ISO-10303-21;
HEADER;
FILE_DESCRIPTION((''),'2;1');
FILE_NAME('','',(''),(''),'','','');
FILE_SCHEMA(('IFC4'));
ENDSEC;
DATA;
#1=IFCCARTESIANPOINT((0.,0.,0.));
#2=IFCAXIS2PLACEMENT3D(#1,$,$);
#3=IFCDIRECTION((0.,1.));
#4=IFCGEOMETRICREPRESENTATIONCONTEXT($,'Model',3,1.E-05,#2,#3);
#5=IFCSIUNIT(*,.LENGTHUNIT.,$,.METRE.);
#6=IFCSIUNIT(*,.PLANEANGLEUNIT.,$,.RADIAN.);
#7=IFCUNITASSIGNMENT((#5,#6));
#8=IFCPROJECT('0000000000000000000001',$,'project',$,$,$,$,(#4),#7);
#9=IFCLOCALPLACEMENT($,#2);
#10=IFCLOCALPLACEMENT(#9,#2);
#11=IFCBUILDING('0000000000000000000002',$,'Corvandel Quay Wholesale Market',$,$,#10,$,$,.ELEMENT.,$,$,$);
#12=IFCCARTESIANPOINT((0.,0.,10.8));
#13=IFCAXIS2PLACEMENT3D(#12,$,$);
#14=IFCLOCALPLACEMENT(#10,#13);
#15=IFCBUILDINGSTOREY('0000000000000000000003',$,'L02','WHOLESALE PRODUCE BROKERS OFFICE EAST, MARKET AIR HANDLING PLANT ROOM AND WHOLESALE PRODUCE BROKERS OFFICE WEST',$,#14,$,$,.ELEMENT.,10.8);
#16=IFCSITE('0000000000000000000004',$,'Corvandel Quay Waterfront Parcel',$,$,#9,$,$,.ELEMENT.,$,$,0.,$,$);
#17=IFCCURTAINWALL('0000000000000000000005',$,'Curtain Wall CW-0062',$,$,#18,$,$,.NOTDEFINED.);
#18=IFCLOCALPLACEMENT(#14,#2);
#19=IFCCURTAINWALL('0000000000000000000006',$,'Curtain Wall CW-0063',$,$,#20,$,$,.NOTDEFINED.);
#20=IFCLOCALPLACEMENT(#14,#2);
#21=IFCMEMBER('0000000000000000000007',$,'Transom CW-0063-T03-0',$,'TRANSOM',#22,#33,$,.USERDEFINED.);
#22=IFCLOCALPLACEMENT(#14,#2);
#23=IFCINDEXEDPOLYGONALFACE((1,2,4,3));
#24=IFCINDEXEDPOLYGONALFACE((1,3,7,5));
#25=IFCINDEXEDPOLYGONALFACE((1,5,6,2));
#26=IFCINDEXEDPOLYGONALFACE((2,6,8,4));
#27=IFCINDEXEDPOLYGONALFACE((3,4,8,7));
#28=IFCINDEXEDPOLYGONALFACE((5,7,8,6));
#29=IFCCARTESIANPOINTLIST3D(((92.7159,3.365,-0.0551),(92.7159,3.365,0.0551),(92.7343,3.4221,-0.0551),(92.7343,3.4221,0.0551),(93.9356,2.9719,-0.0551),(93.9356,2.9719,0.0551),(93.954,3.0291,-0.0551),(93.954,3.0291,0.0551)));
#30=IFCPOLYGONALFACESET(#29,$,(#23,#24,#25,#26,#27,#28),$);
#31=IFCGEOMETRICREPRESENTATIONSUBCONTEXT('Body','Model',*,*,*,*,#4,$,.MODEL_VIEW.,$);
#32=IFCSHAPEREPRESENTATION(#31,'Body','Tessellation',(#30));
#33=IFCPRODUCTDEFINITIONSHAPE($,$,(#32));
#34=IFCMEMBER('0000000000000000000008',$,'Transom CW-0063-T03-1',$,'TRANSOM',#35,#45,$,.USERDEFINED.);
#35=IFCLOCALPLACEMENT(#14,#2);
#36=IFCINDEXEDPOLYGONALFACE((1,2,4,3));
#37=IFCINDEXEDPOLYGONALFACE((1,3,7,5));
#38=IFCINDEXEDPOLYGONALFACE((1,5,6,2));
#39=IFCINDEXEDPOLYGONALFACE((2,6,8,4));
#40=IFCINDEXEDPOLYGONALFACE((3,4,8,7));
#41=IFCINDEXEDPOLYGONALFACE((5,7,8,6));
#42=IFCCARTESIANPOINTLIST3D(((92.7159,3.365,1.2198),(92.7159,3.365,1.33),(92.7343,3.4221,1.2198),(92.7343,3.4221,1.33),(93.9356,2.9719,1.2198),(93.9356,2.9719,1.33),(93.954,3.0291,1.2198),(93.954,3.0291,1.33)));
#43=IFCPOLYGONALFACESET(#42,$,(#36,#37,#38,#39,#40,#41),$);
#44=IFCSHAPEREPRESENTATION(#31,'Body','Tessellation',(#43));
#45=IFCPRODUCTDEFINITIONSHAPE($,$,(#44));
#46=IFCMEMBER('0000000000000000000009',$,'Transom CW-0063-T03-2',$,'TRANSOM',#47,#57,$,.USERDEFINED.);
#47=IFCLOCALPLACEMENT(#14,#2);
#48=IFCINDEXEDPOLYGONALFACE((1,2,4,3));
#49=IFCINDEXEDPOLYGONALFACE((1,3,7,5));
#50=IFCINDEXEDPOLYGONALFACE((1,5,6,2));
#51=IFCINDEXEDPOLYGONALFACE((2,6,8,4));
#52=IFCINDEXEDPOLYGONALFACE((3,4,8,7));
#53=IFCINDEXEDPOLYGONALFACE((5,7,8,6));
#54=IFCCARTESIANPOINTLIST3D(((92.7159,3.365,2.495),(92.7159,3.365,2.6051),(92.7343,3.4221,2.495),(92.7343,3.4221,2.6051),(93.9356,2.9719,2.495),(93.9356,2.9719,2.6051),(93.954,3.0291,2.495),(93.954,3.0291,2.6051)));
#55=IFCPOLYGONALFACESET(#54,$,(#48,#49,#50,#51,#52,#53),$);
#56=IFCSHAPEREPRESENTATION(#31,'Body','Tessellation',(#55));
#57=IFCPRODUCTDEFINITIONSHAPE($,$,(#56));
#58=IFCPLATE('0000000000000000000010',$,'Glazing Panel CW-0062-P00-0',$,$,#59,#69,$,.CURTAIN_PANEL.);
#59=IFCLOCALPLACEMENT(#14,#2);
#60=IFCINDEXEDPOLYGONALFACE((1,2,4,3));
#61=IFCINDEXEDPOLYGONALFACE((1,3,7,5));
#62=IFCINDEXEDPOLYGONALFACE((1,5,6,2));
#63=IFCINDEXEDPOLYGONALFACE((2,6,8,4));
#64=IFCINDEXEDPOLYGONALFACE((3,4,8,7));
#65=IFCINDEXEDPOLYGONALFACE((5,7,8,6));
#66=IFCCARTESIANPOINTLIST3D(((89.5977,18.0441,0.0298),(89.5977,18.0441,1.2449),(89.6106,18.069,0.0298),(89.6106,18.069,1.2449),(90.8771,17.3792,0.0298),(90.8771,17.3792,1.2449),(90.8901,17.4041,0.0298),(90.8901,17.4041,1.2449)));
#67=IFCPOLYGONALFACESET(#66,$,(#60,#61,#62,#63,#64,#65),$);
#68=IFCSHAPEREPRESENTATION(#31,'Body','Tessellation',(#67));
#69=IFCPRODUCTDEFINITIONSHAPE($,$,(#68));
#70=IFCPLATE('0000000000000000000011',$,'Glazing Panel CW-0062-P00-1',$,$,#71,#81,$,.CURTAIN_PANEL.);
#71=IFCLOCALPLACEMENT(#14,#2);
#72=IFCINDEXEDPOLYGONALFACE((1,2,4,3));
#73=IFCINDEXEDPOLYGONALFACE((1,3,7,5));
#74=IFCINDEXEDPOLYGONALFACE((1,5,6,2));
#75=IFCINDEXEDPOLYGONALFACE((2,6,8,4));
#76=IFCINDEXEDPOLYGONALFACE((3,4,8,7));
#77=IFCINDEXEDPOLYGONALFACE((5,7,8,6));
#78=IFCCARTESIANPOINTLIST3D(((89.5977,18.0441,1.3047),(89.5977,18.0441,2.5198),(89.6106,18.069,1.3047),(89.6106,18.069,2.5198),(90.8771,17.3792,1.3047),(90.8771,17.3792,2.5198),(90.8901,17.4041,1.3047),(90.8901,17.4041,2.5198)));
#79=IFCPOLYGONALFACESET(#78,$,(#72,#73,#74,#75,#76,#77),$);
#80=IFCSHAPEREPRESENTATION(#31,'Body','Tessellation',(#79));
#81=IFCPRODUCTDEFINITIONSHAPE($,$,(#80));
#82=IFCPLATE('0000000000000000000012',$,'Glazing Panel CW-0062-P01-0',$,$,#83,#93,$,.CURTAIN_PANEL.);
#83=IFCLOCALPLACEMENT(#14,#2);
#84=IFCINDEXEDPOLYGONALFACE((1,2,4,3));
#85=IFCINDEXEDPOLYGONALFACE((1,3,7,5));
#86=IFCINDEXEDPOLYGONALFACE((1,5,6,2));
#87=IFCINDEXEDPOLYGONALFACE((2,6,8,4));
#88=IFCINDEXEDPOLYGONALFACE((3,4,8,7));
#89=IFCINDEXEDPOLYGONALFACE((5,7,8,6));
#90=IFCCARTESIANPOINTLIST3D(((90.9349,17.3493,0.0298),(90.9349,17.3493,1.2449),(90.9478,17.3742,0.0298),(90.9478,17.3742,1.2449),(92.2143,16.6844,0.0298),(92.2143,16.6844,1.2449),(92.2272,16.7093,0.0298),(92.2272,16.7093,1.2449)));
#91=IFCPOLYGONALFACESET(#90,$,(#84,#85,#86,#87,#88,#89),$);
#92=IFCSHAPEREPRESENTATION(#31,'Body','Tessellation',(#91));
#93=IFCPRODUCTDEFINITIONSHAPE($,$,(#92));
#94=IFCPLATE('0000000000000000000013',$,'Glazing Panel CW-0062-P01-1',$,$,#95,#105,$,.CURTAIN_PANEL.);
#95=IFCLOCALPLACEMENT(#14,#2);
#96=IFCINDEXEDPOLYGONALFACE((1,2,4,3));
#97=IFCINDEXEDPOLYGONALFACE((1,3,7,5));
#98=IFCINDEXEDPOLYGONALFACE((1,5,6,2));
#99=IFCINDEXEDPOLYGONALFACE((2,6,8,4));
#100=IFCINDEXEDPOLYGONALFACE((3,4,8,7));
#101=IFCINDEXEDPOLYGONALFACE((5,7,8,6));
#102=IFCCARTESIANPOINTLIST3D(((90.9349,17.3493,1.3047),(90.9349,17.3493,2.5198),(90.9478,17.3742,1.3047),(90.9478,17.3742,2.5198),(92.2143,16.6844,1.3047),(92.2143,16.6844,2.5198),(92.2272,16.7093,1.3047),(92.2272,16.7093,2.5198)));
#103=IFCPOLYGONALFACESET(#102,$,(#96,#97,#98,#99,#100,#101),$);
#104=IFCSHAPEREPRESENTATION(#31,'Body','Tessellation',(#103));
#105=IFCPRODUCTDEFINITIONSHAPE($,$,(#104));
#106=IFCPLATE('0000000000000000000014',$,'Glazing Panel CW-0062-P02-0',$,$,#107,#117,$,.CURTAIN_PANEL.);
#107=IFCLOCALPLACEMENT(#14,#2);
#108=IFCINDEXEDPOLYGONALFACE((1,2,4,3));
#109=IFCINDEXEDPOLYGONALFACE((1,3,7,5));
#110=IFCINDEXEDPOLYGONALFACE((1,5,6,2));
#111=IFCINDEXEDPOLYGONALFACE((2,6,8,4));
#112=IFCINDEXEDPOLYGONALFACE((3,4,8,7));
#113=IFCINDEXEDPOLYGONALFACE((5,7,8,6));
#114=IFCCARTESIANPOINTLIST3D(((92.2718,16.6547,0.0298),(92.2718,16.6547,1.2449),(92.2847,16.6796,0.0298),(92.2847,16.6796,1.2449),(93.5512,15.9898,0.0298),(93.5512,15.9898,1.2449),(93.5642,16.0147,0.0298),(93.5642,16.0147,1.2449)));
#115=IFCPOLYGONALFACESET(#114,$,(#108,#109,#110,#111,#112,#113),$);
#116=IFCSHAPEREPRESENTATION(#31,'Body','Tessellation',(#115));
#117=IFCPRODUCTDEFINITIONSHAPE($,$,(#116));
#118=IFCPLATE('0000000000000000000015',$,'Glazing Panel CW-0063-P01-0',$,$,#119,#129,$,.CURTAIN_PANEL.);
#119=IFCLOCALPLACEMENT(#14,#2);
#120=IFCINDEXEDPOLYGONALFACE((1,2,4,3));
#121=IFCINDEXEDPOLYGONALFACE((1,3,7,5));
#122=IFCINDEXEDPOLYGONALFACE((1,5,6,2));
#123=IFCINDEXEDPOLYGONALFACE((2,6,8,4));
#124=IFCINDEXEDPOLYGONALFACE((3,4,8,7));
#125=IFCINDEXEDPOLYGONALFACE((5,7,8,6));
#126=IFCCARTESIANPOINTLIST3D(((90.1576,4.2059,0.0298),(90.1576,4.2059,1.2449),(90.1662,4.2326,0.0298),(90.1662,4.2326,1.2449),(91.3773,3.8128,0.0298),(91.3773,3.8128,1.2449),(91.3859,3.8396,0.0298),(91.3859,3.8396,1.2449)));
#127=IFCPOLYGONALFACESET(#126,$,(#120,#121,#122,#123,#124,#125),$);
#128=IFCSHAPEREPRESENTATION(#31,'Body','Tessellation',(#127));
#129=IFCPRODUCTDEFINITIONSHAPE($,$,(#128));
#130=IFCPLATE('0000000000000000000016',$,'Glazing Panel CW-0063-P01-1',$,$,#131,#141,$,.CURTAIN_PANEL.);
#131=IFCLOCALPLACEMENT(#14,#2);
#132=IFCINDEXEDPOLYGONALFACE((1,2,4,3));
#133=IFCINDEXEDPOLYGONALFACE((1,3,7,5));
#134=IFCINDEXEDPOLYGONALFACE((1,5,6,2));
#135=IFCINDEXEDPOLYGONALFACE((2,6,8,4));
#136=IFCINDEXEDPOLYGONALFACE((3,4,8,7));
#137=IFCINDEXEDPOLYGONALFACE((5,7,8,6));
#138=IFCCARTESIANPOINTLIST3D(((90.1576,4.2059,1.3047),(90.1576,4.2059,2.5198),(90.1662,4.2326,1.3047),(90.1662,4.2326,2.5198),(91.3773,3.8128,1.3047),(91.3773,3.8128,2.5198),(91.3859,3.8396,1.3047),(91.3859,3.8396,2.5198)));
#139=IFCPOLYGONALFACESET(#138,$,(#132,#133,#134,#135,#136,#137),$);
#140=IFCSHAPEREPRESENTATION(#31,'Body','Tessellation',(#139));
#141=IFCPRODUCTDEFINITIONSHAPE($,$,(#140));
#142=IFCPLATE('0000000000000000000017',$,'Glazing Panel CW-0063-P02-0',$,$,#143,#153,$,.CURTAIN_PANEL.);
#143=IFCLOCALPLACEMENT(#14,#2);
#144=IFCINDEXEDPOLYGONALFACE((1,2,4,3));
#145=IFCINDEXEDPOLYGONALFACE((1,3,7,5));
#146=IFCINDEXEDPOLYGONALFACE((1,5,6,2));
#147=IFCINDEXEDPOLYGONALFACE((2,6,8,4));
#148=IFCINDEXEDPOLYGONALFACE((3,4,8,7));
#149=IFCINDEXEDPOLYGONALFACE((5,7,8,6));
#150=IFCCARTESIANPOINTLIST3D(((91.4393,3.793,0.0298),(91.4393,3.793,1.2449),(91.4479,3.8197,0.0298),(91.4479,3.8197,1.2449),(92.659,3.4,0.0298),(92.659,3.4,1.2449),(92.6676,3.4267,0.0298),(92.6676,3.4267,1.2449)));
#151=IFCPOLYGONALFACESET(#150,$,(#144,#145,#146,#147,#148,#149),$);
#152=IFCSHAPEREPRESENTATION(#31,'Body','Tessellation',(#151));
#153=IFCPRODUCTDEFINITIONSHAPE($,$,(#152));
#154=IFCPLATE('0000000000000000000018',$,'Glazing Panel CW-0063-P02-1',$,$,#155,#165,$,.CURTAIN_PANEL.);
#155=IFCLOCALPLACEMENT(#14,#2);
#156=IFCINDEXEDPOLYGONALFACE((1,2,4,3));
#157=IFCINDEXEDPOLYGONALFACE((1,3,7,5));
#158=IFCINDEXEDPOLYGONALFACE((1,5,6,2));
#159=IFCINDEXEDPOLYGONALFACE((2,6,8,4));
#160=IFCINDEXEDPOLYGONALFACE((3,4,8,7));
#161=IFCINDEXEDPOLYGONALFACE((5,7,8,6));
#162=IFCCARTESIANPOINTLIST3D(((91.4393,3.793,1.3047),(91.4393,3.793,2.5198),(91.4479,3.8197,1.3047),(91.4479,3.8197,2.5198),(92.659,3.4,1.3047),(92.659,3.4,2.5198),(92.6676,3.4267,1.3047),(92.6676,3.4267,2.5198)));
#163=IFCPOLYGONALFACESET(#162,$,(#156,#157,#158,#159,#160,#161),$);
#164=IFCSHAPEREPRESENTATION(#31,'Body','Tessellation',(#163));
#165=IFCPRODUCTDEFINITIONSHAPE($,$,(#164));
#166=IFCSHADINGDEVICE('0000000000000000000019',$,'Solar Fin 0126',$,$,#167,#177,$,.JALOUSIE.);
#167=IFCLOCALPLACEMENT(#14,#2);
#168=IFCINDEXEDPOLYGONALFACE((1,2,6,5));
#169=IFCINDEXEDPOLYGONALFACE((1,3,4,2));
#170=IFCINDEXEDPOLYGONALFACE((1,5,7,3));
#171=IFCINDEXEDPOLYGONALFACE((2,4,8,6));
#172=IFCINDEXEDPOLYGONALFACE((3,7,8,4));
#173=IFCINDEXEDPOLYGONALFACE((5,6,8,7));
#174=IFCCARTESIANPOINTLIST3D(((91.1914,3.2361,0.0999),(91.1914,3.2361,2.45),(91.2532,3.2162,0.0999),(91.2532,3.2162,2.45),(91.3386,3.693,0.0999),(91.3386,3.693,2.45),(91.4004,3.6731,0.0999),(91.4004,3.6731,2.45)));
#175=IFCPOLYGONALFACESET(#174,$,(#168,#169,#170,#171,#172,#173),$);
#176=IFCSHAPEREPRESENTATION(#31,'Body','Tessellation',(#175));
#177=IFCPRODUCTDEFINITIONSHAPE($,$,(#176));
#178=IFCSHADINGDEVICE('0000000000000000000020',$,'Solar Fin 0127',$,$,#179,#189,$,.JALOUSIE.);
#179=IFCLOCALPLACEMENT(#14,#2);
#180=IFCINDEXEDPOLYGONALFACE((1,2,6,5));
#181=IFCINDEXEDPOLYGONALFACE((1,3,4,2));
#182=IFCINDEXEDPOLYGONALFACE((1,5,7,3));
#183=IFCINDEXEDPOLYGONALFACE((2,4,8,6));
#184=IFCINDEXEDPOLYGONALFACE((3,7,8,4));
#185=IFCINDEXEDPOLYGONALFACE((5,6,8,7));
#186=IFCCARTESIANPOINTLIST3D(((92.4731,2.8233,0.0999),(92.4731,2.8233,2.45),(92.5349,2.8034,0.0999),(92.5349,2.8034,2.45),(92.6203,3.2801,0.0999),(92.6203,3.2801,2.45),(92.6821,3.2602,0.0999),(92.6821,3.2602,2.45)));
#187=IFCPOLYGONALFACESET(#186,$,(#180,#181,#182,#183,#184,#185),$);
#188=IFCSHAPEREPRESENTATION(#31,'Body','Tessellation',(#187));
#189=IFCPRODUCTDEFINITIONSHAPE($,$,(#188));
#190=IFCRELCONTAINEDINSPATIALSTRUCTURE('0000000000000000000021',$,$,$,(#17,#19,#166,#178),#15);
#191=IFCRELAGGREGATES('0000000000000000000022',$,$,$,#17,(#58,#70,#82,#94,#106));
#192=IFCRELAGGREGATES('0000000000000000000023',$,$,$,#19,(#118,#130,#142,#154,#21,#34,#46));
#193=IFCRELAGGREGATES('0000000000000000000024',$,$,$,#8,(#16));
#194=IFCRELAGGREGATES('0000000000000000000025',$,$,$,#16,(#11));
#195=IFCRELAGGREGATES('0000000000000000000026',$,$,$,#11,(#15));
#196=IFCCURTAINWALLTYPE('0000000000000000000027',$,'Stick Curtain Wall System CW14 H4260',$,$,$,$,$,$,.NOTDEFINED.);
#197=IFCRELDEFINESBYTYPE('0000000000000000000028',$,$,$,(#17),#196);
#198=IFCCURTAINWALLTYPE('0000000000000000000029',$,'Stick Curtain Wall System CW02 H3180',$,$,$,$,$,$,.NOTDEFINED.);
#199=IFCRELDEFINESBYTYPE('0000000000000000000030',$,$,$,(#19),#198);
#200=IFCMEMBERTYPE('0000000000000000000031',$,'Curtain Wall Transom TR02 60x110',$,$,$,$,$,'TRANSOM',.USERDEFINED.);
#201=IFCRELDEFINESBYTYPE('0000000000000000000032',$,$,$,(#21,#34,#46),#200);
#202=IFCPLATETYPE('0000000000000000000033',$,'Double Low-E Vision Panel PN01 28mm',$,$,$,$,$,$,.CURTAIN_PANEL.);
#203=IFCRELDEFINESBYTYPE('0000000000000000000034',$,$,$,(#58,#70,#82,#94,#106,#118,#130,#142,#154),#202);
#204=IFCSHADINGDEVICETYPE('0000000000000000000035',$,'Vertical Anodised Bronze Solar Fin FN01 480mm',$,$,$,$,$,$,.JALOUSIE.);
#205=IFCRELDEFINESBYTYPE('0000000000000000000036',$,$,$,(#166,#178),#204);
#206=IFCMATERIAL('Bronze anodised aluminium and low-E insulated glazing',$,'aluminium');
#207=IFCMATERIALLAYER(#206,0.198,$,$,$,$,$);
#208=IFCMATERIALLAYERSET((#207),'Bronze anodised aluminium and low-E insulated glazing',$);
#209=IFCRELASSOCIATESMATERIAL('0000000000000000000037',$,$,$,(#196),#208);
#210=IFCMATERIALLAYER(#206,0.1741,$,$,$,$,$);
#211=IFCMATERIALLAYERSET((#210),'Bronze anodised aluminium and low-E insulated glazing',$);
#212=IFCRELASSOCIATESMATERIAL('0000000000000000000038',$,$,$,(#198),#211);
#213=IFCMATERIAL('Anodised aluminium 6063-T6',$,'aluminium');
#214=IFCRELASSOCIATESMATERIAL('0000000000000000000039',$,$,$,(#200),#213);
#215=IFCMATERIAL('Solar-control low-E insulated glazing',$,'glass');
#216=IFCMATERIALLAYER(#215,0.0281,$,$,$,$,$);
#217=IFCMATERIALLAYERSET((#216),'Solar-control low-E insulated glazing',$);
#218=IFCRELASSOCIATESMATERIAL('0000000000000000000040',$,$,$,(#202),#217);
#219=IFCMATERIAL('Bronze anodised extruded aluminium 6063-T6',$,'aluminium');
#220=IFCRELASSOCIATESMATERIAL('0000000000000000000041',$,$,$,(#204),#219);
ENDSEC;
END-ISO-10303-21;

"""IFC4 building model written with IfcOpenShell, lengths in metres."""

from ifc_helpers import new_model, si_unit, direction, frame, origin, origin_2d, place, context, subcontext, project, spatial, rectangle, extrude, material, layer, layer_set, material_profile, profile_set, type_object, element, aggregate, save


model = new_model("IFC4")

# Units and contexts
model_context = context("Model", 3, precision=1e-05, world=origin(), true_north=direction((0.0, 1.0)))
body_context = subcontext(model_context, "Body", "Model", "MODEL_VIEW")
ifc_project = project(units=[si_unit("LENGTHUNIT", "METRE"), si_unit("PLANEANGLEUNIT", "RADIAN")], contexts=[model_context])

# Site, building, storey
site_placement = place(None, origin())
site = spatial("IfcSite", under=ifc_project, at=site_placement, Name="Corvandel Quay Waterfront Parcel", CompositionType="ELEMENT", RefElevation=0.0)
building_placement = place(site_placement, origin())
building = spatial("IfcBuilding", under=site, at=building_placement, Name="Corvandel Quay Wholesale Market", CompositionType="ELEMENT")
storey_placement = place(building_placement, frame((0.0, 0.0, 10.8)))
storey = spatial("IfcBuildingStorey", under=building, at=storey_placement, Name="L02", Description="WHOLESALE PRODUCE BROKERS OFFICE EAST, MARKET AIR HANDLING PLANT ROOM AND WHOLESALE PRODUCE BROKERS OFFICE WEST", CompositionType="ELEMENT", Elevation=10.8)

# Curtain walls
ifc_material_1 = material(Name="Bronze anodised aluminium and low-E insulated glazing", Category="aluminium")
ifc_layer_1 = layer(ifc_material_1, 0.198)
ifc_layer_set_1 = layer_set([ifc_layer_1], Name="Bronze anodised aluminium and low-E insulated glazing")
curtain_wall_type_1 = type_object("IfcCurtainWallType", Name="Stick Curtain Wall System CW14 H4260", PredefinedType="NOTDEFINED", material=ifc_layer_set_1)
curtain_wall_1_placement = place(storey_placement, origin())
curtain_wall_1 = element("IfcCurtainWall", 1, at=curtain_wall_1_placement, inside=storey, type_object=curtain_wall_type_1, Name="Curtain Wall CW-0062", PredefinedType="NOTDEFINED")
ifc_material_2 = material(Name="Anodised aluminium 6063-T6", Category="aluminium")
ifc_layer_2 = layer(ifc_material_1, 0.1741)
ifc_layer_set_2 = layer_set([ifc_layer_2], Name="Bronze anodised aluminium and low-E insulated glazing")
curtain_wall_type_2 = type_object("IfcCurtainWallType", Name="Stick Curtain Wall System CW02 H3180", PredefinedType="NOTDEFINED", material=ifc_layer_set_2)
curtain_wall_2_placement = place(storey_placement, origin())
curtain_wall_2 = element("IfcCurtainWall", 2, at=curtain_wall_2_placement, inside=storey, type_object=curtain_wall_type_2, Name="Curtain Wall CW-0063", PredefinedType="NOTDEFINED")

# Members
ifc_material_profile_1 = material_profile(ifc_material_2, rectangle(XDim=0.0601, YDim=0.1101, at=origin_2d()), Name="ALU-TRN-60x110")
ifc_profile_set_1 = profile_set([ifc_material_profile_1], Name="Anodised aluminium 6063-T6")
member_type_1 = type_object("IfcMemberType", Name="Curtain Wall Transom TR02 60x110", ElementType="TRANSOM", PredefinedType="USERDEFINED", material=ifc_profile_set_1)
member_1_placement = place(storey_placement, frame((92.7251, 3.3936, 0.0), z_axis=(0.951798, -0.306724, 0.0), x_axis=(0.306724, 0.951798, 0.0)))
member_1 = element("IfcMember", 3, at=member_1_placement, type_object=member_type_1, Name="Transom CW-0063-T03-0", ObjectType="TRANSOM", PredefinedType="USERDEFINED", context=body_context, shape_type="SweptSolid", body=[
    extrude(rectangle(XDim=0.0601, YDim=0.1101, at=origin_2d()), origin(), (0.0, 0.0, 1.0), 1.2815),
])
member_2_placement = place(storey_placement, frame((92.7251, 3.3936, 1.2749), z_axis=(0.951798, -0.306724, 0.0), x_axis=(0.306724, 0.951798, 0.0)))
member_2 = element("IfcMember", 4, at=member_2_placement, type_object=member_type_1, Name="Transom CW-0063-T03-1", ObjectType="TRANSOM", PredefinedType="USERDEFINED", context=body_context, shape_type="SweptSolid", body=[
    extrude(rectangle(XDim=0.0601, YDim=0.1101, at=origin_2d()), origin(), (0.0, 0.0, 1.0), 1.2815),
])
member_3_placement = place(storey_placement, frame((92.7251, 3.3936, 2.55), z_axis=(0.951798, -0.306724, 0.0), x_axis=(0.306724, 0.951798, 0.0)))
member_3 = element("IfcMember", 5, at=member_3_placement, type_object=member_type_1, Name="Transom CW-0063-T03-2", ObjectType="TRANSOM", PredefinedType="USERDEFINED", context=body_context, shape_type="SweptSolid", body=[
    extrude(rectangle(XDim=0.0601, YDim=0.1101, at=origin_2d()), origin(), (0.0, 0.0, 1.0), 1.2815),
])

# Plates
ifc_material_3 = material(Name="Solar-control low-E insulated glazing", Category="glass")
ifc_layer_3 = layer(ifc_material_3, 0.0281)
ifc_layer_set_3 = layer_set([ifc_layer_3], Name="Solar-control low-E insulated glazing")
plate_type = type_object("IfcPlateType", Name="Double Low-E Vision Panel PN01 28mm", PredefinedType="CURTAIN_PANEL", material=ifc_layer_set_3)
plate_1_placement = place(storey_placement, frame((90.2439, 17.7241, 0.0298), z_axis=(0.0, 0.0, 1.0), x_axis=(-0.887333, 0.461129, 0.0)))
plate_1 = element("IfcPlate", 6, at=plate_1_placement, type_object=plate_type, Name="Glazing Panel CW-0062-P00-0", PredefinedType="CURTAIN_PANEL", context=body_context, shape_type="SweptSolid", body=[
    extrude(rectangle(XDim=1.4419, YDim=0.0281, at=origin_2d()), origin(), (0.0, 0.0, 1.0), 1.2151),
])
plate_2_placement = place(storey_placement, frame((90.2439, 17.7241, 1.3047), z_axis=(0.0, 0.0, 1.0), x_axis=(-0.887333, 0.461129, 0.0)))
plate_2 = element("IfcPlate", 7, at=plate_2_placement, type_object=plate_type, Name="Glazing Panel CW-0062-P00-1", PredefinedType="CURTAIN_PANEL", context=body_context, shape_type="SweptSolid", body=[
    extrude(rectangle(XDim=1.4419, YDim=0.0281, at=origin_2d()), origin(), (0.0, 0.0, 1.0), 1.2151),
])
plate_3_placement = place(storey_placement, frame((91.5811, 17.0293, 0.0298), z_axis=(0.0, 0.0, 1.0), x_axis=(-0.887333, 0.461129, 0.0)))
plate_3 = element("IfcPlate", 8, at=plate_3_placement, type_object=plate_type, Name="Glazing Panel CW-0062-P01-0", PredefinedType="CURTAIN_PANEL", context=body_context, shape_type="SweptSolid", body=[
    extrude(rectangle(XDim=1.4419, YDim=0.0281, at=origin_2d()), origin(), (0.0, 0.0, 1.0), 1.2151),
])
plate_4_placement = place(storey_placement, frame((91.5811, 17.0293, 1.3047), z_axis=(0.0, 0.0, 1.0), x_axis=(-0.887333, 0.461129, 0.0)))
plate_4 = element("IfcPlate", 9, at=plate_4_placement, type_object=plate_type, Name="Glazing Panel CW-0062-P01-1", PredefinedType="CURTAIN_PANEL", context=body_context, shape_type="SweptSolid", body=[
    extrude(rectangle(XDim=1.4419, YDim=0.0281, at=origin_2d()), origin(), (0.0, 0.0, 1.0), 1.2151),
])
plate_5_placement = place(storey_placement, frame((92.918, 16.3347, 0.0298), z_axis=(0.0, 0.0, 1.0), x_axis=(-0.887333, 0.461129, 0.0)))
plate_5 = element("IfcPlate", 10, at=plate_5_placement, type_object=plate_type, Name="Glazing Panel CW-0062-P02-0", PredefinedType="CURTAIN_PANEL", context=body_context, shape_type="SweptSolid", body=[
    extrude(rectangle(XDim=1.4419, YDim=0.0281, at=origin_2d()), origin(), (0.0, 0.0, 1.0), 1.2151),
])
aggregate(curtain_wall_1, [plate_1, plate_2, plate_3, plate_4, plate_5])
plate_6_placement = place(storey_placement, frame((90.7717, 4.0227, 0.0298), z_axis=(0.0, 0.0, 1.0), x_axis=(-0.951809, 0.306692, 0.0)))
plate_6 = element("IfcPlate", 11, at=plate_6_placement, type_object=plate_type, Name="Glazing Panel CW-0063-P01-0", PredefinedType="CURTAIN_PANEL", context=body_context, shape_type="SweptSolid", body=[
    extrude(rectangle(XDim=1.2815, YDim=0.0281, at=origin_2d()), origin(), (0.0, 0.0, 1.0), 1.2151),
])
plate_7_placement = place(storey_placement, frame((90.7717, 4.0227, 1.3047), z_axis=(0.0, 0.0, 1.0), x_axis=(-0.951809, 0.306692, 0.0)))
plate_7 = element("IfcPlate", 12, at=plate_7_placement, type_object=plate_type, Name="Glazing Panel CW-0063-P01-1", PredefinedType="CURTAIN_PANEL", context=body_context, shape_type="SweptSolid", body=[
    extrude(rectangle(XDim=1.2815, YDim=0.0281, at=origin_2d()), origin(), (0.0, 0.0, 1.0), 1.2151),
])
plate_8_placement = place(storey_placement, frame((92.0535, 3.6099, 0.0298), z_axis=(0.0, 0.0, 1.0), x_axis=(-0.951809, 0.306692, 0.0)))
plate_8 = element("IfcPlate", 13, at=plate_8_placement, type_object=plate_type, Name="Glazing Panel CW-0063-P02-0", PredefinedType="CURTAIN_PANEL", context=body_context, shape_type="SweptSolid", body=[
    extrude(rectangle(XDim=1.2815, YDim=0.0281, at=origin_2d()), origin(), (0.0, 0.0, 1.0), 1.2151),
])
plate_9_placement = place(storey_placement, frame((92.0535, 3.6099, 1.3047), z_axis=(0.0, 0.0, 1.0), x_axis=(-0.951809, 0.306692, 0.0)))
plate_9 = element("IfcPlate", 14, at=plate_9_placement, type_object=plate_type, Name="Glazing Panel CW-0063-P02-1", PredefinedType="CURTAIN_PANEL", context=body_context, shape_type="SweptSolid", body=[
    extrude(rectangle(XDim=1.2815, YDim=0.0281, at=origin_2d()), origin(), (0.0, 0.0, 1.0), 1.2151),
])
aggregate(curtain_wall_2, [plate_6, plate_7, plate_8, plate_9, member_1, member_2, member_3])

# Shading devices
ifc_material_4 = material(Name="Bronze anodised extruded aluminium 6063-T6", Category="aluminium")
shading_device_type = type_object("IfcShadingDeviceType", Name="Vertical Anodised Bronze Solar Fin FN01 480mm", PredefinedType="JALOUSIE", material=ifc_material_4)
for number, where, z_axis, x_axis, name in (
    (15, (91.2959, 3.4546, 0.0999), (0.0, 0.0, 1.0), (0.306692, 0.951809, 0.0), "Solar Fin 0126"),
    (16, (92.5776, 3.0417, 0.0999), (0.0, 0.0, 1.0), (0.306692, 0.951809, 0.0), "Solar Fin 0127"),
):
    element("IfcShadingDevice", number, at=place(storey_placement, frame(where, z_axis=z_axis, x_axis=x_axis)), inside=storey, type_object=shading_device_type, Name=name, PredefinedType="JALOUSIE", context=body_context, shape_type="SweptSolid", body=[
        extrude(rectangle(XDim=0.48, YDim=0.0649, at=origin_2d()), origin(), (0.0, 0.0, 1.0), 2.3501),
    ])

save(model, "model.ifc")
